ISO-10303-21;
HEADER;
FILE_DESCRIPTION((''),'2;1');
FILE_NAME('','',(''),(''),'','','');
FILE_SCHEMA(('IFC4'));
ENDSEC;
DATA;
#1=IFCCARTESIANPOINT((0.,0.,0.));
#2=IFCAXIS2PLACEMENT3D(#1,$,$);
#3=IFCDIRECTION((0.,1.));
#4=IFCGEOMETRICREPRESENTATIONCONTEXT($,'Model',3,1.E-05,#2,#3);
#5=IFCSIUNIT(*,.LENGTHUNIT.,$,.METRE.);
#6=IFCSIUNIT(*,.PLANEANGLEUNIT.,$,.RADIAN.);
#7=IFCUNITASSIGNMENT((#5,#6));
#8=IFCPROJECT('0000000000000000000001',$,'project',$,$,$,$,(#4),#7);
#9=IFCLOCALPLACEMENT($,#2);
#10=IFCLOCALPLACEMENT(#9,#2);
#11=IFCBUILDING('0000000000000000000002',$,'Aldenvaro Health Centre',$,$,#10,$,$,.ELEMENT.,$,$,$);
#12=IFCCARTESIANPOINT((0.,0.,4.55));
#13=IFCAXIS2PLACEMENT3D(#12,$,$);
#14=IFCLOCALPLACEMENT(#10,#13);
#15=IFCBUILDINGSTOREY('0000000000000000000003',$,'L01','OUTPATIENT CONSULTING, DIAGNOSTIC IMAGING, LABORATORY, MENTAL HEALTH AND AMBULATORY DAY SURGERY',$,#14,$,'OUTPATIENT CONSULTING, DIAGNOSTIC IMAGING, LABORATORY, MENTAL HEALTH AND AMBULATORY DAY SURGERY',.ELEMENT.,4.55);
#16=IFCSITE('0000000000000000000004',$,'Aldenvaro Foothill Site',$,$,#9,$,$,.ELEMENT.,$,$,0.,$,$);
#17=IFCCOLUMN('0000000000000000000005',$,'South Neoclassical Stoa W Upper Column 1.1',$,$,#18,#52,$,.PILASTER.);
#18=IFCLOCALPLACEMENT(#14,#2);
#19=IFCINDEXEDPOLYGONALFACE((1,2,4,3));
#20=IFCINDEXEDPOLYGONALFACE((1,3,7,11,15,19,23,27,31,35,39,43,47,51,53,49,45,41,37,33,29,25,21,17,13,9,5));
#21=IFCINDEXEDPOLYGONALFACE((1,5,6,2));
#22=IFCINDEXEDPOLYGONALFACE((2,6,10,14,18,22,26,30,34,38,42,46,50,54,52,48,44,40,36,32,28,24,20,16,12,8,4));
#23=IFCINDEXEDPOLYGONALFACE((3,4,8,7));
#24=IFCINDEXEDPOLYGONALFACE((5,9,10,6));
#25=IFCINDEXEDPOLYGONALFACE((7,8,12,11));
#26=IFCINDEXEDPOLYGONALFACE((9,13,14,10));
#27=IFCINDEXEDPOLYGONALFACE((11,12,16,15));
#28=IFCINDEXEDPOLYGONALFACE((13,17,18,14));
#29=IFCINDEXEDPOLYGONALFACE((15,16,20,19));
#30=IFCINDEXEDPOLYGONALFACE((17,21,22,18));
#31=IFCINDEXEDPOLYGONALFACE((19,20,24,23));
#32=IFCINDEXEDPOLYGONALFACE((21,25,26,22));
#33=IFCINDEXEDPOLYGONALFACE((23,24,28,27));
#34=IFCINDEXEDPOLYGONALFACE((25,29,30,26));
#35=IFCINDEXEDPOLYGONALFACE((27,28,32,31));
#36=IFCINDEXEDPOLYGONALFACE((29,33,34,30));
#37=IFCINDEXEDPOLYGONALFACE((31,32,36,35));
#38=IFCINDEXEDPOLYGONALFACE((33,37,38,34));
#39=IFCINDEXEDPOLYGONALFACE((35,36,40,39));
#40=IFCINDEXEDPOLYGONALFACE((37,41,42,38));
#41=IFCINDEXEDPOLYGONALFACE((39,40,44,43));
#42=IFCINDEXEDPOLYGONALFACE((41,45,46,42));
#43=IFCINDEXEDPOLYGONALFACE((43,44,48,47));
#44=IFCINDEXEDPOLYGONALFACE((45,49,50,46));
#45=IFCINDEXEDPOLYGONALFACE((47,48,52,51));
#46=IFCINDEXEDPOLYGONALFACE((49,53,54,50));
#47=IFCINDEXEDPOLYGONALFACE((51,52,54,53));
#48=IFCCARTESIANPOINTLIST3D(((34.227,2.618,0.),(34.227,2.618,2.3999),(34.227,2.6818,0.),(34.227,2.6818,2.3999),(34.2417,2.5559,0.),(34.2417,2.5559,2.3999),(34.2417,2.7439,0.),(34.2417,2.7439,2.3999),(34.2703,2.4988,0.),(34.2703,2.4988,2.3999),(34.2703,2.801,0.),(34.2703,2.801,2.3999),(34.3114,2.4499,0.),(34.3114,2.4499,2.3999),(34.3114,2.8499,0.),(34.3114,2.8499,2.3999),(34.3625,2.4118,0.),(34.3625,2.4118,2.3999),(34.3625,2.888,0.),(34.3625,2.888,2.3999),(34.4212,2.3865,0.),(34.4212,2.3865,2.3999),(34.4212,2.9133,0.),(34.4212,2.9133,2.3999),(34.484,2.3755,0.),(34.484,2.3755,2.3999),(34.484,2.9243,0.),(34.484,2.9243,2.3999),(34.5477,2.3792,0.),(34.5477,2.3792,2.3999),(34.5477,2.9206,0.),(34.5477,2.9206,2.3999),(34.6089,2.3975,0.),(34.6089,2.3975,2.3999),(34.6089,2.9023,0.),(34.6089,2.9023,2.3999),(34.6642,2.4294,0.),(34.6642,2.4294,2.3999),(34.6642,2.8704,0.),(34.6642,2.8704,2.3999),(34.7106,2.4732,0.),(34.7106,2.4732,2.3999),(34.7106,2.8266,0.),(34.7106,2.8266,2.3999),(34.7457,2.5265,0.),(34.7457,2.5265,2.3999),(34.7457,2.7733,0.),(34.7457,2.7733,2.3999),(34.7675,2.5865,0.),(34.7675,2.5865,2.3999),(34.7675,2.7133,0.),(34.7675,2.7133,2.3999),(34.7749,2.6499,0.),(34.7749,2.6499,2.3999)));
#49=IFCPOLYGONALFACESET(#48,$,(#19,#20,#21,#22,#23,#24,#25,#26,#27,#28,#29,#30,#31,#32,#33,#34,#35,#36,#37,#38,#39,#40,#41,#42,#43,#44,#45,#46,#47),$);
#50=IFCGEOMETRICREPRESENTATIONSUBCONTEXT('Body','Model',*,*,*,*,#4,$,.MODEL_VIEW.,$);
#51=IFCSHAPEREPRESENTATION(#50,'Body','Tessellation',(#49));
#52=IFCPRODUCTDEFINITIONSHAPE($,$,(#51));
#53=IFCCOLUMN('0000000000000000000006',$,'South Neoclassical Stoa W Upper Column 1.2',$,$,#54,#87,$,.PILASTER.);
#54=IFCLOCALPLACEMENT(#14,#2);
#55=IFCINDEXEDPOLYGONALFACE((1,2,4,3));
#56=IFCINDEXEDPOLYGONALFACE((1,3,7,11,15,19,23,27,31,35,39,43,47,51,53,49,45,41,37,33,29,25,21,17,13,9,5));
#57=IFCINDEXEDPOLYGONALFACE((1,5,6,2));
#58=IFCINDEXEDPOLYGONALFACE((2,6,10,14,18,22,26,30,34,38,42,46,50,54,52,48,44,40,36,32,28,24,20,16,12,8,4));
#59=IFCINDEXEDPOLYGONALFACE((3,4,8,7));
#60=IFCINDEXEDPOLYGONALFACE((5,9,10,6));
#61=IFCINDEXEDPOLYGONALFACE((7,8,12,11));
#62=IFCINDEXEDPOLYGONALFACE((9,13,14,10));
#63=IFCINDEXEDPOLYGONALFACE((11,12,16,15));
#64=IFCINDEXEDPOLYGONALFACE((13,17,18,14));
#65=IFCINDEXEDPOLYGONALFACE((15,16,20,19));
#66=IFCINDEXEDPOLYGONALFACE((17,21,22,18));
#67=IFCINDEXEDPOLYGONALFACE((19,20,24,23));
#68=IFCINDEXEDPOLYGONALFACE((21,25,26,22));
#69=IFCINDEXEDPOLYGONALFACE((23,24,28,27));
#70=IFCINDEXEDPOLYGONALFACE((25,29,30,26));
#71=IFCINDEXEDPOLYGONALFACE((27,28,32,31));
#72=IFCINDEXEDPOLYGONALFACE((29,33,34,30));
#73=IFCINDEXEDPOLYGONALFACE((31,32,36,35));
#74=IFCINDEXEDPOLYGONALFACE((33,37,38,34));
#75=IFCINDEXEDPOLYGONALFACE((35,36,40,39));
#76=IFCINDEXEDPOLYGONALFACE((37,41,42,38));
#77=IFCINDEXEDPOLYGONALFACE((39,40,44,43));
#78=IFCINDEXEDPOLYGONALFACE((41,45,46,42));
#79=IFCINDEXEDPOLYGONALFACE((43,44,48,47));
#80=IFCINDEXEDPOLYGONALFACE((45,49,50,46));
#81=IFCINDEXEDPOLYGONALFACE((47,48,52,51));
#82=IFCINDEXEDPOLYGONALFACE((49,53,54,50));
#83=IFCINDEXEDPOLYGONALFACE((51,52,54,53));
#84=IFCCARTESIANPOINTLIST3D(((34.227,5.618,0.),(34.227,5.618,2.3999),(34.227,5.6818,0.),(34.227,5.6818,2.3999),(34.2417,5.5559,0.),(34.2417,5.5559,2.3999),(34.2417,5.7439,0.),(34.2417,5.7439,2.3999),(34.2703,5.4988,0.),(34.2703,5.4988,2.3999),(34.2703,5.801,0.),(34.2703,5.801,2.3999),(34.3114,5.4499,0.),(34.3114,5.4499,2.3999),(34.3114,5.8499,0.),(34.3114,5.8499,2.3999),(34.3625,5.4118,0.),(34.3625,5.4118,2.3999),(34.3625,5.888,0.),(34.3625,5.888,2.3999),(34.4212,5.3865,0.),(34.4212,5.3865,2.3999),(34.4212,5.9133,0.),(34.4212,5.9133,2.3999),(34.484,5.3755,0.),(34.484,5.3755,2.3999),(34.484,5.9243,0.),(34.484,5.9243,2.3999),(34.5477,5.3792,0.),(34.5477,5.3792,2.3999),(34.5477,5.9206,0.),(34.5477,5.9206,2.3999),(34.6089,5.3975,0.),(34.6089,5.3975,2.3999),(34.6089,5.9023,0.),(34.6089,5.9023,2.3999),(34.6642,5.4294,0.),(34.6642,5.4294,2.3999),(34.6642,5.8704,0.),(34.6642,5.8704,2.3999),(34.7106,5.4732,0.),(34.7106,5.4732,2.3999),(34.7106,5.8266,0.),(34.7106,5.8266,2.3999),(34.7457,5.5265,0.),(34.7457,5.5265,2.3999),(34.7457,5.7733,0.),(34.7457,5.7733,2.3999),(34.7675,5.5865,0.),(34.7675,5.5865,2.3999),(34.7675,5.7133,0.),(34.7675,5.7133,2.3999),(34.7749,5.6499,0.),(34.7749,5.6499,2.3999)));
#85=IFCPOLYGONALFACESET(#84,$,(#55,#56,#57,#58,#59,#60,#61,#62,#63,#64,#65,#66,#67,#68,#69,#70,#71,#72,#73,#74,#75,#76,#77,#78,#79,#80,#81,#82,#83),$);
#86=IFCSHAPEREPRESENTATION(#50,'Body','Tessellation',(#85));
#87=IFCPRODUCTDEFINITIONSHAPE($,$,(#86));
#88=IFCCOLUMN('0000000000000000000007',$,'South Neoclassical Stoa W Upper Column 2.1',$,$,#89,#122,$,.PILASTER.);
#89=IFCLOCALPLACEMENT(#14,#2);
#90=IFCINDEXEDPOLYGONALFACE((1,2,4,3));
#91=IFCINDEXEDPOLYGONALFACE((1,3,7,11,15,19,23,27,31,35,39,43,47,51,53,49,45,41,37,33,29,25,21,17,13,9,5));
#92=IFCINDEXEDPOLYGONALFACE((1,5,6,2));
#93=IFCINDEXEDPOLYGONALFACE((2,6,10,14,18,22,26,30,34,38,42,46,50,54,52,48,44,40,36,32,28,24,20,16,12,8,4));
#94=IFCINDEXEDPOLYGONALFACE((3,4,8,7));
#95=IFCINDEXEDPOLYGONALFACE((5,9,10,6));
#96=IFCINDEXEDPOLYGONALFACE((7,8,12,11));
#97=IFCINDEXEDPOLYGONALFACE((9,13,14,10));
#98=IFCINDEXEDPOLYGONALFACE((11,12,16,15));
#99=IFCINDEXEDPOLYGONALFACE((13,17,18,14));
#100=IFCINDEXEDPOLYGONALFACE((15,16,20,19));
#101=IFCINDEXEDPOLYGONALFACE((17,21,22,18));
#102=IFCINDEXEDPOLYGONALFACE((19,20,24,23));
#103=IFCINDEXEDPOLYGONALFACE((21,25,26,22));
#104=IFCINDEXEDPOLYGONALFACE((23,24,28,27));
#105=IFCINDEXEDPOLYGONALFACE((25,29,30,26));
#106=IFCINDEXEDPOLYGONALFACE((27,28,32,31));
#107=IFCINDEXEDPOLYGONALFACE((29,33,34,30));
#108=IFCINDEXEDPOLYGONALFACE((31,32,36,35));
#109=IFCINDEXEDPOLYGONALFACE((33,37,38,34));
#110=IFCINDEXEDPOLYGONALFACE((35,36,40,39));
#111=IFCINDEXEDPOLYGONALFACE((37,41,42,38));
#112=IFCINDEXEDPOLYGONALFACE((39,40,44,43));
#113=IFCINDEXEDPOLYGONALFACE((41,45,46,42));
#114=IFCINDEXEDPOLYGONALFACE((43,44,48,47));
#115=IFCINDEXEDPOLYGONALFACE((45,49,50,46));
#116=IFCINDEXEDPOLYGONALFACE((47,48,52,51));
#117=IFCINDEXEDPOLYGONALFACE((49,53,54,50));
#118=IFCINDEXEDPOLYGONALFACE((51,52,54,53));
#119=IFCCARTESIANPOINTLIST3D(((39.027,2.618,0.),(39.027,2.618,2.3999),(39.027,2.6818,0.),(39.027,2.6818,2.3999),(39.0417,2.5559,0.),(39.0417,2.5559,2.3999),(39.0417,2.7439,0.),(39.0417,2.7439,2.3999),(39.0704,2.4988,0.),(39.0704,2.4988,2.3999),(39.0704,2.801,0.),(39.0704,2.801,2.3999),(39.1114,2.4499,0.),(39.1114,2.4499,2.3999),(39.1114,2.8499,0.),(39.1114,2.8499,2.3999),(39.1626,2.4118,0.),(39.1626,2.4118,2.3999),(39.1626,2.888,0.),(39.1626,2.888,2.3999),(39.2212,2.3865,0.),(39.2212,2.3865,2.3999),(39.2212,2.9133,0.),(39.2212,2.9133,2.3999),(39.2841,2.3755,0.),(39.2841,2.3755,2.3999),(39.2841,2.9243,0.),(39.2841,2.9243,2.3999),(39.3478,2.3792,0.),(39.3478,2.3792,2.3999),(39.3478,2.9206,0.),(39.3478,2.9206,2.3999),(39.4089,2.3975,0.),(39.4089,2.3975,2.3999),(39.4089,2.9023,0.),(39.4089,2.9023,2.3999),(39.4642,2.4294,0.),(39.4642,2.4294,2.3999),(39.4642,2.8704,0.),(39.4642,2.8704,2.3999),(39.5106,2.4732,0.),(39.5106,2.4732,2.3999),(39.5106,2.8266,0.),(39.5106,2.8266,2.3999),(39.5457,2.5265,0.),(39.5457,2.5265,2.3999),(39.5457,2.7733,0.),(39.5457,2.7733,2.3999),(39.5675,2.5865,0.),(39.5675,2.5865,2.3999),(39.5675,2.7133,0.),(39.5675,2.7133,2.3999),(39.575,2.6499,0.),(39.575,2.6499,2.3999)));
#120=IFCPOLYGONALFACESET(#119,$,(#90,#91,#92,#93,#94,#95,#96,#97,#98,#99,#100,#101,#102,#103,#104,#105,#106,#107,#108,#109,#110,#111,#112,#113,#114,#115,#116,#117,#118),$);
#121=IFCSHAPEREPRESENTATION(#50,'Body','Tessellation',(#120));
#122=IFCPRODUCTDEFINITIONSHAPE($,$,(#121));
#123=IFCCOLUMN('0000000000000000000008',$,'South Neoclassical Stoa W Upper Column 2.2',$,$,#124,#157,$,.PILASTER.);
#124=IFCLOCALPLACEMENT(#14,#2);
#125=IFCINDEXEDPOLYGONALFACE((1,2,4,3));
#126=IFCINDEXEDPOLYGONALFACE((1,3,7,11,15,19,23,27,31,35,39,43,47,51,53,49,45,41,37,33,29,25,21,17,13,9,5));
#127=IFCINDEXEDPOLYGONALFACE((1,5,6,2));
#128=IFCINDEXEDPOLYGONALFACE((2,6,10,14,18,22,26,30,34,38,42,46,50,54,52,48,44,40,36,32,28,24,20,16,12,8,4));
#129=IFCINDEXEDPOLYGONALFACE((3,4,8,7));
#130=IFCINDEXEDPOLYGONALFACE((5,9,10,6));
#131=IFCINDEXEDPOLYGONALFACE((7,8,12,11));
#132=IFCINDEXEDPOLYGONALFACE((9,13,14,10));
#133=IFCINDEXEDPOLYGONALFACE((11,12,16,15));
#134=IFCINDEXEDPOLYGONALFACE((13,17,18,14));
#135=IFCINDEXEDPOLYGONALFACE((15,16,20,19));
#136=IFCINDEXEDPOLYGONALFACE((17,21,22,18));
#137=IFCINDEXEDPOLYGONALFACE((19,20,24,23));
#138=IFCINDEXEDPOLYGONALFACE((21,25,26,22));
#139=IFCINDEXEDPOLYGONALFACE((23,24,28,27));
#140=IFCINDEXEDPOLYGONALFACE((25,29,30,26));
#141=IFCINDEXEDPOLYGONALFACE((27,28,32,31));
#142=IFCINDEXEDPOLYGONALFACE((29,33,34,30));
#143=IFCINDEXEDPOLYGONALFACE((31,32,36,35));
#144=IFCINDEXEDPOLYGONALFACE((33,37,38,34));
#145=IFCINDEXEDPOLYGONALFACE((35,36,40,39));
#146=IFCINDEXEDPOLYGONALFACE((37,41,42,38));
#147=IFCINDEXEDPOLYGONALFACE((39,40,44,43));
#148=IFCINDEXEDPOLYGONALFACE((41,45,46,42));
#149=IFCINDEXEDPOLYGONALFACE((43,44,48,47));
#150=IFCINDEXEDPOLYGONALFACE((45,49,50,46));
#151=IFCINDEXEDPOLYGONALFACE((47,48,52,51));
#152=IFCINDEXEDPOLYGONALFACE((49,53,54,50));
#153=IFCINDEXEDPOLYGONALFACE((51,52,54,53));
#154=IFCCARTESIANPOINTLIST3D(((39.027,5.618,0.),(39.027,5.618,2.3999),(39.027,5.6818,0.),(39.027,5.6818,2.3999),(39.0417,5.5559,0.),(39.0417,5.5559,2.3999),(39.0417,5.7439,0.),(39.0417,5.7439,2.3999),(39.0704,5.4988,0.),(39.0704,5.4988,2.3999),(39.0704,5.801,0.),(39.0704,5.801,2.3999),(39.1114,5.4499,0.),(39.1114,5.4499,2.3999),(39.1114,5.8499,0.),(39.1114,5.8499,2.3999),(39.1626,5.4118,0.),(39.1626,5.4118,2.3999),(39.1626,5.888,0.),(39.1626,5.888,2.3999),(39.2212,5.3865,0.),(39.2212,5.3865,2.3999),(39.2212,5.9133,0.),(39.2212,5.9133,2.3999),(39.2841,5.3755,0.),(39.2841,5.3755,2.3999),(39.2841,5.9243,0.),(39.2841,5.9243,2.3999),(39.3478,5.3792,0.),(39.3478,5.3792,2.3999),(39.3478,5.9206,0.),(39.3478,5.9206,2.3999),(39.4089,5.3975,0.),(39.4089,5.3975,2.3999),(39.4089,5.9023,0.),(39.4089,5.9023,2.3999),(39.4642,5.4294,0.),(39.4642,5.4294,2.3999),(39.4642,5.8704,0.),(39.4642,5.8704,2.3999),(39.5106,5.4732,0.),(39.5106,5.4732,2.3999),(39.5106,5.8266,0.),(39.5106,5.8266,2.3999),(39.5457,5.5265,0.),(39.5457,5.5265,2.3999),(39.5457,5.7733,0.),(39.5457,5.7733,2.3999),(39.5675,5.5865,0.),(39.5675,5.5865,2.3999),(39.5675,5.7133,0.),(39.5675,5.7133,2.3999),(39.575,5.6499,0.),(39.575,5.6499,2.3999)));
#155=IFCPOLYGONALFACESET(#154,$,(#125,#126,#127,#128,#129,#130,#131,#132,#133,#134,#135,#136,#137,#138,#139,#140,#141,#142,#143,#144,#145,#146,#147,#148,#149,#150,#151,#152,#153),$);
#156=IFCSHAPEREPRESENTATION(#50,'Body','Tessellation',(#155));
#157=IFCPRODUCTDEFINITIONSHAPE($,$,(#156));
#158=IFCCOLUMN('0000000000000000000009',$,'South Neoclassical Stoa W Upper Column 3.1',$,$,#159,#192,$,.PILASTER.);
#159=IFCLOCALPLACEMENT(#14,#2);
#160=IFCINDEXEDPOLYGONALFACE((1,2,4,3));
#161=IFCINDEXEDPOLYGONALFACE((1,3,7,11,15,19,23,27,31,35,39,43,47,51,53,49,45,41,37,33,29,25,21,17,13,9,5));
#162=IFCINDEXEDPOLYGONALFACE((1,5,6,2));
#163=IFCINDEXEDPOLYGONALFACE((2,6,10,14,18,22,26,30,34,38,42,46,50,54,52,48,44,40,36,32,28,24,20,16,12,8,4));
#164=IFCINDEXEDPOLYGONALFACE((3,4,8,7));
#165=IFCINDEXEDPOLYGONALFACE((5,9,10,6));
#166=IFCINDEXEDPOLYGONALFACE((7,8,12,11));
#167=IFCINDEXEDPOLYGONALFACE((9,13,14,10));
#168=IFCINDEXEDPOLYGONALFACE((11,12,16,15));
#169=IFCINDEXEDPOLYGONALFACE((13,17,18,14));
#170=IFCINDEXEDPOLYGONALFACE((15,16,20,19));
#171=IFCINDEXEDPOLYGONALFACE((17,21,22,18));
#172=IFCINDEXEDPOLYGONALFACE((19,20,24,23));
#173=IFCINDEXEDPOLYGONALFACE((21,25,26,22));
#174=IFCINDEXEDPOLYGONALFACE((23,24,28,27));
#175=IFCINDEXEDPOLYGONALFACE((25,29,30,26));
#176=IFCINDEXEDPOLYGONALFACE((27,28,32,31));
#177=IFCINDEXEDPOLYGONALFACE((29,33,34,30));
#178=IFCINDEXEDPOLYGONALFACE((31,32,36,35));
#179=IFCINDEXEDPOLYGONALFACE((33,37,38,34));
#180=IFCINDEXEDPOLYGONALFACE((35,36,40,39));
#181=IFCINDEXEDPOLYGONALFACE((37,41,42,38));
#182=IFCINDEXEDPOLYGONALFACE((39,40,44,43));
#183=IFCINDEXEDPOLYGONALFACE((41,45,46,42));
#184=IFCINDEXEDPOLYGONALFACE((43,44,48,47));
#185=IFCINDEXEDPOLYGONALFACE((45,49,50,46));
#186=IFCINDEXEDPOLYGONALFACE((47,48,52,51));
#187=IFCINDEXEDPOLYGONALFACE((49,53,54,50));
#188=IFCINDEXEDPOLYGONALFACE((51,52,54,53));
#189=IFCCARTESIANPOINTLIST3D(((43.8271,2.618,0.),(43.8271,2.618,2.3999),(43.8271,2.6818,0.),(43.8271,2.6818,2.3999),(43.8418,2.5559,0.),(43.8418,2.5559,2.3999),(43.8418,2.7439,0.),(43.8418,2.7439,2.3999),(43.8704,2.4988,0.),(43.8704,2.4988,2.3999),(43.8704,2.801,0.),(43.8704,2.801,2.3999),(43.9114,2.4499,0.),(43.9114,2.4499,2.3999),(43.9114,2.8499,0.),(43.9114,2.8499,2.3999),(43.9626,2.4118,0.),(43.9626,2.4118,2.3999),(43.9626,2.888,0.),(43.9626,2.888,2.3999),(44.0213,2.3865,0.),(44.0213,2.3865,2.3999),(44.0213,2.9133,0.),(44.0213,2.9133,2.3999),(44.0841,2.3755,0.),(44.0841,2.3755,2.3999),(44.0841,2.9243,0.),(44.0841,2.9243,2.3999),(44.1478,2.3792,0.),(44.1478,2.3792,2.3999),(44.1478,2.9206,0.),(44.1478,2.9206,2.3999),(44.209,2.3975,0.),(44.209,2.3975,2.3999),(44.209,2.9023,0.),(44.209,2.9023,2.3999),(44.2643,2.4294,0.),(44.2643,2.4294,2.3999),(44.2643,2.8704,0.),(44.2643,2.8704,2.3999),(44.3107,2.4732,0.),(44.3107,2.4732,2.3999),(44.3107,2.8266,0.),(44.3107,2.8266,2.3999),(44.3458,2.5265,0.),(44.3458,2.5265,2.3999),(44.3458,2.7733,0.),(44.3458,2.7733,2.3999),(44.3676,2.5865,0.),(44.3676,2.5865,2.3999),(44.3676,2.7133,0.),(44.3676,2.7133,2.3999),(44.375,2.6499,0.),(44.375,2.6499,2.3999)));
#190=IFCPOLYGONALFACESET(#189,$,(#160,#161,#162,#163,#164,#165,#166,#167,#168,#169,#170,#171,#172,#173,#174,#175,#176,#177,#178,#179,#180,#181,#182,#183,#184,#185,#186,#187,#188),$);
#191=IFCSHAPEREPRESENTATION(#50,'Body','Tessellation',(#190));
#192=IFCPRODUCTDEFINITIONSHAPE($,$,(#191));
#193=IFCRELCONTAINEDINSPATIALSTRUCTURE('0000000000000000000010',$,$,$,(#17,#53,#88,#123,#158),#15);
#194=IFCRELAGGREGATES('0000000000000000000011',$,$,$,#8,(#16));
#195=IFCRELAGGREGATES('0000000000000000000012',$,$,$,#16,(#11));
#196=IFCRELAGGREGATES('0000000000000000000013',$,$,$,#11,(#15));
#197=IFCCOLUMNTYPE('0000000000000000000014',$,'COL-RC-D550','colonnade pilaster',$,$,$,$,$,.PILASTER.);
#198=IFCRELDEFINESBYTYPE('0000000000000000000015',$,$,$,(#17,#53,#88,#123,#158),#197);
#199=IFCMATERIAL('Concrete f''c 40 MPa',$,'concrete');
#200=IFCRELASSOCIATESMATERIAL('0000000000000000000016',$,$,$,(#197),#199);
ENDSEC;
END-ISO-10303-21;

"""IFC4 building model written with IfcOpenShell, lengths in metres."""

from ifc_helpers import new_model, si_unit, direction, frame, origin, origin_2d, place, context, subcontext, project, spatial, circle, extrude, material, material_profile, profile_set, type_object, element, save


model = new_model("IFC4")

# Units and contexts
model_context = context("Model", 3, precision=1e-05, world=origin(), true_north=direction((0.0, 1.0)))
body_context = subcontext(model_context, "Body", "Model", "MODEL_VIEW")
ifc_project = project(units=[si_unit("LENGTHUNIT", "METRE"), si_unit("PLANEANGLEUNIT", "RADIAN")], contexts=[model_context])

# Site, building, storey
site_placement = place(None, origin())
site = spatial("IfcSite", under=ifc_project, at=site_placement, Name="Aldenvaro Foothill Site", CompositionType="ELEMENT", RefElevation=0.0)
building_placement = place(site_placement, origin())
building = spatial("IfcBuilding", under=site, at=building_placement, Name="Aldenvaro Health Centre", CompositionType="ELEMENT")
storey_placement = place(building_placement, frame((0.0, 0.0, 4.55)))
storey = spatial("IfcBuildingStorey", under=building, at=storey_placement, Name="L01", Description="OUTPATIENT CONSULTING, DIAGNOSTIC IMAGING, LABORATORY, MENTAL HEALTH AND AMBULATORY DAY SURGERY", LongName="OUTPATIENT CONSULTING, DIAGNOSTIC IMAGING, LABORATORY, MENTAL HEALTH AND AMBULATORY DAY SURGERY", CompositionType="ELEMENT", Elevation=4.55)

# Columns
ifc_material_1 = material(Name="Concrete f'c 40 MPa", Category="concrete")
ifc_material_profile_1 = material_profile(ifc_material_1, circle(Radius=0.2749, at=origin_2d()), Name="RC D550", Category="concrete")
ifc_profile_set_1 = profile_set([ifc_material_profile_1], Name="Concrete f'c 40 MPa")
column_type = type_object("IfcColumnType", Name="COL-RC-D550", Description="colonnade pilaster", PredefinedType="PILASTER", material=ifc_profile_set_1)
for number, where, z_axis, x_axis, name in (
    (1, (34.5, 2.6499, 0.0), (0.0, 0.0, 1.0), (1.0, 0.0, 0.0), "South Neoclassical Stoa W Upper Column 1.1"),
    (2, (34.5, 5.6499, 0.0), (0.0, 0.0, 1.0), (1.0, 0.0, 0.0), "South Neoclassical Stoa W Upper Column 1.2"),
    (3, (39.3, 2.6499, 0.0), (0.0, 0.0, 1.0), (1.0, 0.0, 0.0), "South Neoclassical Stoa W Upper Column 2.1"),
    (4, (39.3, 5.6499, 0.0), (0.0, 0.0, 1.0), (1.0, 0.0, 0.0), "South Neoclassical Stoa W Upper Column 2.2"),
    (5, (44.1001, 2.6499, 0.0), (0.0, 0.0, 1.0), (1.0, 0.0, 0.0), "South Neoclassical Stoa W Upper Column 3.1"),
):
    element("IfcColumn", number, at=place(storey_placement, frame(where, z_axis=z_axis, x_axis=x_axis)), inside=storey, type_object=column_type, Name=name, PredefinedType="PILASTER", context=body_context, shape_type="SweptSolid", body=[
        extrude(circle(Radius=0.2749, at=origin_2d()), origin(), (0.0, 0.0, 1.0), 2.3999),
    ])

save(model, "model.ifc")
